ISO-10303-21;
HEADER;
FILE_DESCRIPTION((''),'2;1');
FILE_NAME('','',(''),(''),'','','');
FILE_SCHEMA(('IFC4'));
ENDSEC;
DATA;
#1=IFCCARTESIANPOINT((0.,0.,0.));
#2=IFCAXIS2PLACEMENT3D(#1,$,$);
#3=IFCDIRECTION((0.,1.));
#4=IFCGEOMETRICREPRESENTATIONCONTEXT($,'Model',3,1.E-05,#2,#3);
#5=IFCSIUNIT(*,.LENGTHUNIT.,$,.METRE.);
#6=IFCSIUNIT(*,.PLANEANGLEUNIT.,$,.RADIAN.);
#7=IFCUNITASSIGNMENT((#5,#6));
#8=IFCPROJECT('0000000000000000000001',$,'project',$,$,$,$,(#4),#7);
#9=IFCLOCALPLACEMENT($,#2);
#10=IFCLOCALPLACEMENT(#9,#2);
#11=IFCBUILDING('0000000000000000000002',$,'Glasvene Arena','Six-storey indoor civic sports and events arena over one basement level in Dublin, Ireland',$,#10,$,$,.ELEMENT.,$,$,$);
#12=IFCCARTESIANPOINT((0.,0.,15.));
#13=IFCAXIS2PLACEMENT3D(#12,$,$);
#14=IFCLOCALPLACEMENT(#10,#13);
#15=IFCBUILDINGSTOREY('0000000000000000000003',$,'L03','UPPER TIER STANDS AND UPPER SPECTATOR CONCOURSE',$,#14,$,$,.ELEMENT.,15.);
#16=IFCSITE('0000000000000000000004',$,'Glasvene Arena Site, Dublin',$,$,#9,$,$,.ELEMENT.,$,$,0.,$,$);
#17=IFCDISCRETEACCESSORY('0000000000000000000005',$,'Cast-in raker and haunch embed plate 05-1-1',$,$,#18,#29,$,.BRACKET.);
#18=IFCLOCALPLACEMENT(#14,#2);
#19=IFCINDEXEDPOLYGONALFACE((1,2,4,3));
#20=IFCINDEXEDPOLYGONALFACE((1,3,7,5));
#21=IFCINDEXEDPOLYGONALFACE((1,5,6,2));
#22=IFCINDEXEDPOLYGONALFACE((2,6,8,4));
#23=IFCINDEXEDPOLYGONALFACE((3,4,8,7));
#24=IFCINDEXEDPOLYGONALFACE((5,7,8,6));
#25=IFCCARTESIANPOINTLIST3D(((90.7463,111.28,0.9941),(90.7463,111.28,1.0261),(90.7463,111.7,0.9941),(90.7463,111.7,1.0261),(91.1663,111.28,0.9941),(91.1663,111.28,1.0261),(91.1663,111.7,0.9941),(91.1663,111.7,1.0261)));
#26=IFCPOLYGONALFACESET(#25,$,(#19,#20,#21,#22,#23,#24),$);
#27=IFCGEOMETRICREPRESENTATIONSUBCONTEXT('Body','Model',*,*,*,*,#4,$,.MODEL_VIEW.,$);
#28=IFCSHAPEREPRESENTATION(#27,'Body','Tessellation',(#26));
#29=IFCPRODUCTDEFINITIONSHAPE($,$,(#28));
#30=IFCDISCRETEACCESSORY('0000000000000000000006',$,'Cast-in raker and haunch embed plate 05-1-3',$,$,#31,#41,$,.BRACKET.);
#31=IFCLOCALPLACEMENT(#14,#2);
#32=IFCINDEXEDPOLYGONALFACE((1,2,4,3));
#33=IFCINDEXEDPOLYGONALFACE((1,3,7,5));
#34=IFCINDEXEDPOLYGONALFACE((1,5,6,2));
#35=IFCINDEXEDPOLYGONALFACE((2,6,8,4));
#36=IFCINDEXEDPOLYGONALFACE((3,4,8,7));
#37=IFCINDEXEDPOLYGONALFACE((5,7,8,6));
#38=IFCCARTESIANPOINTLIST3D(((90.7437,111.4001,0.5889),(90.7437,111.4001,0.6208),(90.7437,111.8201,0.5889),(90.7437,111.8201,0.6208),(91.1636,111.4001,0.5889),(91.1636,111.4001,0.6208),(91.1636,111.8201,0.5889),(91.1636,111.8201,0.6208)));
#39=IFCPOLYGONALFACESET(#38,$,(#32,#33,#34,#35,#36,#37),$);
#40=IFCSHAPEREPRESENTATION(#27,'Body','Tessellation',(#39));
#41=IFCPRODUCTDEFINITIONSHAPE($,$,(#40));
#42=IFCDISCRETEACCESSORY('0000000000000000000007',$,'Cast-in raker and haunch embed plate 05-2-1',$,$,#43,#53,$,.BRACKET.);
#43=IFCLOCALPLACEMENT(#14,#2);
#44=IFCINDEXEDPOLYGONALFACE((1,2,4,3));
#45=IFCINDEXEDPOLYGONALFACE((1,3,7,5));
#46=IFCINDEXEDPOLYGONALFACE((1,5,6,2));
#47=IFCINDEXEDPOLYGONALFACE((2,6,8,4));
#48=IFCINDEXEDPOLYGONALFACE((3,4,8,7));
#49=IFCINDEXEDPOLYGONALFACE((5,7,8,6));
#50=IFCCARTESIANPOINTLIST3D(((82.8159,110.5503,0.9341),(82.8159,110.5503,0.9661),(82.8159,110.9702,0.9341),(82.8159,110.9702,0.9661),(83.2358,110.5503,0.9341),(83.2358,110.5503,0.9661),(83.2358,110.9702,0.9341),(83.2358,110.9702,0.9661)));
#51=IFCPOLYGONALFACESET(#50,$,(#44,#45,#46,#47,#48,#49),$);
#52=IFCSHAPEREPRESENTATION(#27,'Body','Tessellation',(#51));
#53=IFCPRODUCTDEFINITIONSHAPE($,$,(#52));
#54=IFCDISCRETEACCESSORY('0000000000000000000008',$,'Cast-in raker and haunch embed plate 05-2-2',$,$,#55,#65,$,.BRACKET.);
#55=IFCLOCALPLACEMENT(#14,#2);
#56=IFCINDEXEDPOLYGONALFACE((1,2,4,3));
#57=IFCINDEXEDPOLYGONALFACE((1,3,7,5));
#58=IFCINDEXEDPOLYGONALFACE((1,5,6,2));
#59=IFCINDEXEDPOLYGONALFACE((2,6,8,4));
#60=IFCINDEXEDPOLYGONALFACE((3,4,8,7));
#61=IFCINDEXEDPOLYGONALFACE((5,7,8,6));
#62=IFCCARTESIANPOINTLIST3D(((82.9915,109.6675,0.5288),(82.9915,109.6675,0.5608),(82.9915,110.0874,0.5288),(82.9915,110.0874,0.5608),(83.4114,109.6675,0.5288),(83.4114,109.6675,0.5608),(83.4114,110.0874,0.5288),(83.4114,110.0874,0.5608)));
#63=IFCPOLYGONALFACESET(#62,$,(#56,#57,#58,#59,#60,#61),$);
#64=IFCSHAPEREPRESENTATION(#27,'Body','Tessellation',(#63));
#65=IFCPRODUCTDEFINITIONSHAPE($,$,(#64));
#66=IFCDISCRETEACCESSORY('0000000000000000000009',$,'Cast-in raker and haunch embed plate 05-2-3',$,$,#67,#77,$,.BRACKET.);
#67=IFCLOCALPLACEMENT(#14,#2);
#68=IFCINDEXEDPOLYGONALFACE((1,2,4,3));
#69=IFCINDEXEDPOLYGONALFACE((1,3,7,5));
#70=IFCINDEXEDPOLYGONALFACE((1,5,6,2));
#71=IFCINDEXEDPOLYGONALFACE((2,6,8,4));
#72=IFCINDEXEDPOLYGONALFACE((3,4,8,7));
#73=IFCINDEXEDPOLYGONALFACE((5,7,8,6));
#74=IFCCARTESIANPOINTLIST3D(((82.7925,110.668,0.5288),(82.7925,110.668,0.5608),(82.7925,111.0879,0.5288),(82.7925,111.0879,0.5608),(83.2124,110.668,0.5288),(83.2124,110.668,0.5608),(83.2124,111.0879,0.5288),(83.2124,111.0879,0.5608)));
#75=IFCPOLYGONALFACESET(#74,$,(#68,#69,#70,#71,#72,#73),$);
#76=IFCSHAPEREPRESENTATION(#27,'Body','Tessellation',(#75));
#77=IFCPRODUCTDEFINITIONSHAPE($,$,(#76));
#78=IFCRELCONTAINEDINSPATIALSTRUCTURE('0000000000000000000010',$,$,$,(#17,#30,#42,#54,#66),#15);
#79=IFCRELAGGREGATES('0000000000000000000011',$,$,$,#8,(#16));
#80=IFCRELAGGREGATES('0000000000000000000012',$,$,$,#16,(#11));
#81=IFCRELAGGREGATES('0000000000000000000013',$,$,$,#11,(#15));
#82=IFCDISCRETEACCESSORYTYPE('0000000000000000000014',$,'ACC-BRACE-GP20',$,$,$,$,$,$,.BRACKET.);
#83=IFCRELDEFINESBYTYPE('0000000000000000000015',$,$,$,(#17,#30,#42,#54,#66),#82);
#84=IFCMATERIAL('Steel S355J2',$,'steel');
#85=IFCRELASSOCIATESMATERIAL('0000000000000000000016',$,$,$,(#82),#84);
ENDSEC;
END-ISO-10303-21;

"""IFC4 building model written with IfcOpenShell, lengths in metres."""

from ifc_helpers import new_model, si_unit, direction, frame, origin, origin_2d, place, context, subcontext, project, spatial, rectangle, extrude, material, type_object, element, save


model = new_model("IFC4")

# Units and contexts
model_context = context("Model", 3, precision=1e-05, world=origin(), true_north=direction((0.0, 1.0)))
body_context = subcontext(model_context, "Body", "Model", "MODEL_VIEW")
ifc_project = project(units=[si_unit("LENGTHUNIT", "METRE"), si_unit("PLANEANGLEUNIT", "RADIAN")], contexts=[model_context])

# Site, building, storey
site_placement = place(None, origin())
site = spatial("IfcSite", under=ifc_project, at=site_placement, Name="Glasvene Arena Site, Dublin", CompositionType="ELEMENT", RefElevation=0.0)
building_placement = place(site_placement, origin())
building = spatial("IfcBuilding", under=site, at=building_placement, Name="Glasvene Arena", Description="Six-storey indoor civic sports and events arena over one basement level in Dublin, Ireland", CompositionType="ELEMENT")
storey_placement = place(building_placement, frame((0.0, 0.0, 15.0)))
storey = spatial("IfcBuildingStorey", under=building, at=storey_placement, Name="L03", Description="UPPER TIER STANDS AND UPPER SPECTATOR CONCOURSE", CompositionType="ELEMENT", Elevation=15.0)

# Shared definitions
ifc_material_1 = material(Name="Steel S355J2", Category="steel")

# Discrete accessories
discrete_accessory_type = type_object("IfcDiscreteAccessoryType", Name="ACC-BRACE-GP20", PredefinedType="BRACKET", material=ifc_material_1)
for number, where, z_axis, x_axis, name in (
    (1, (90.9563, 111.49, 0.9941), (0.0, 0.0, 1.0), (1.0, 0.0, 0.0), "Cast-in raker and haunch embed plate 05-1-1"),
    (2, (90.9536, 111.6101, 0.5889), (0.0, 0.0, 1.0), (1.0, 0.0, 0.0), "Cast-in raker and haunch embed plate 05-1-3"),
    (3, (83.0259, 110.7603, 0.9341), (0.0, 0.0, 1.0), (1.0, 0.0, 0.0), "Cast-in raker and haunch embed plate 05-2-1"),
    (4, (83.2014, 109.8774, 0.5288), (0.0, 0.0, 1.0), (1.0, 0.0, 0.0), "Cast-in raker and haunch embed plate 05-2-2"),
    (5, (83.0024, 110.8779, 0.5288), (0.0, 0.0, 1.0), (1.0, 0.0, 0.0), "Cast-in raker and haunch embed plate 05-2-3"),
):
    element("IfcDiscreteAccessory", number, at=place(storey_placement, frame(where, z_axis=z_axis, x_axis=x_axis)), inside=storey, type_object=discrete_accessory_type, Name=name, PredefinedType="BRACKET", context=body_context, shape_type="SweptSolid", body=[
        extrude(rectangle(XDim=0.4199, YDim=0.4199, at=origin_2d()), origin(), (0.0, 0.0, 1.0), 0.032),
    ])

save(model, "model.ifc")
